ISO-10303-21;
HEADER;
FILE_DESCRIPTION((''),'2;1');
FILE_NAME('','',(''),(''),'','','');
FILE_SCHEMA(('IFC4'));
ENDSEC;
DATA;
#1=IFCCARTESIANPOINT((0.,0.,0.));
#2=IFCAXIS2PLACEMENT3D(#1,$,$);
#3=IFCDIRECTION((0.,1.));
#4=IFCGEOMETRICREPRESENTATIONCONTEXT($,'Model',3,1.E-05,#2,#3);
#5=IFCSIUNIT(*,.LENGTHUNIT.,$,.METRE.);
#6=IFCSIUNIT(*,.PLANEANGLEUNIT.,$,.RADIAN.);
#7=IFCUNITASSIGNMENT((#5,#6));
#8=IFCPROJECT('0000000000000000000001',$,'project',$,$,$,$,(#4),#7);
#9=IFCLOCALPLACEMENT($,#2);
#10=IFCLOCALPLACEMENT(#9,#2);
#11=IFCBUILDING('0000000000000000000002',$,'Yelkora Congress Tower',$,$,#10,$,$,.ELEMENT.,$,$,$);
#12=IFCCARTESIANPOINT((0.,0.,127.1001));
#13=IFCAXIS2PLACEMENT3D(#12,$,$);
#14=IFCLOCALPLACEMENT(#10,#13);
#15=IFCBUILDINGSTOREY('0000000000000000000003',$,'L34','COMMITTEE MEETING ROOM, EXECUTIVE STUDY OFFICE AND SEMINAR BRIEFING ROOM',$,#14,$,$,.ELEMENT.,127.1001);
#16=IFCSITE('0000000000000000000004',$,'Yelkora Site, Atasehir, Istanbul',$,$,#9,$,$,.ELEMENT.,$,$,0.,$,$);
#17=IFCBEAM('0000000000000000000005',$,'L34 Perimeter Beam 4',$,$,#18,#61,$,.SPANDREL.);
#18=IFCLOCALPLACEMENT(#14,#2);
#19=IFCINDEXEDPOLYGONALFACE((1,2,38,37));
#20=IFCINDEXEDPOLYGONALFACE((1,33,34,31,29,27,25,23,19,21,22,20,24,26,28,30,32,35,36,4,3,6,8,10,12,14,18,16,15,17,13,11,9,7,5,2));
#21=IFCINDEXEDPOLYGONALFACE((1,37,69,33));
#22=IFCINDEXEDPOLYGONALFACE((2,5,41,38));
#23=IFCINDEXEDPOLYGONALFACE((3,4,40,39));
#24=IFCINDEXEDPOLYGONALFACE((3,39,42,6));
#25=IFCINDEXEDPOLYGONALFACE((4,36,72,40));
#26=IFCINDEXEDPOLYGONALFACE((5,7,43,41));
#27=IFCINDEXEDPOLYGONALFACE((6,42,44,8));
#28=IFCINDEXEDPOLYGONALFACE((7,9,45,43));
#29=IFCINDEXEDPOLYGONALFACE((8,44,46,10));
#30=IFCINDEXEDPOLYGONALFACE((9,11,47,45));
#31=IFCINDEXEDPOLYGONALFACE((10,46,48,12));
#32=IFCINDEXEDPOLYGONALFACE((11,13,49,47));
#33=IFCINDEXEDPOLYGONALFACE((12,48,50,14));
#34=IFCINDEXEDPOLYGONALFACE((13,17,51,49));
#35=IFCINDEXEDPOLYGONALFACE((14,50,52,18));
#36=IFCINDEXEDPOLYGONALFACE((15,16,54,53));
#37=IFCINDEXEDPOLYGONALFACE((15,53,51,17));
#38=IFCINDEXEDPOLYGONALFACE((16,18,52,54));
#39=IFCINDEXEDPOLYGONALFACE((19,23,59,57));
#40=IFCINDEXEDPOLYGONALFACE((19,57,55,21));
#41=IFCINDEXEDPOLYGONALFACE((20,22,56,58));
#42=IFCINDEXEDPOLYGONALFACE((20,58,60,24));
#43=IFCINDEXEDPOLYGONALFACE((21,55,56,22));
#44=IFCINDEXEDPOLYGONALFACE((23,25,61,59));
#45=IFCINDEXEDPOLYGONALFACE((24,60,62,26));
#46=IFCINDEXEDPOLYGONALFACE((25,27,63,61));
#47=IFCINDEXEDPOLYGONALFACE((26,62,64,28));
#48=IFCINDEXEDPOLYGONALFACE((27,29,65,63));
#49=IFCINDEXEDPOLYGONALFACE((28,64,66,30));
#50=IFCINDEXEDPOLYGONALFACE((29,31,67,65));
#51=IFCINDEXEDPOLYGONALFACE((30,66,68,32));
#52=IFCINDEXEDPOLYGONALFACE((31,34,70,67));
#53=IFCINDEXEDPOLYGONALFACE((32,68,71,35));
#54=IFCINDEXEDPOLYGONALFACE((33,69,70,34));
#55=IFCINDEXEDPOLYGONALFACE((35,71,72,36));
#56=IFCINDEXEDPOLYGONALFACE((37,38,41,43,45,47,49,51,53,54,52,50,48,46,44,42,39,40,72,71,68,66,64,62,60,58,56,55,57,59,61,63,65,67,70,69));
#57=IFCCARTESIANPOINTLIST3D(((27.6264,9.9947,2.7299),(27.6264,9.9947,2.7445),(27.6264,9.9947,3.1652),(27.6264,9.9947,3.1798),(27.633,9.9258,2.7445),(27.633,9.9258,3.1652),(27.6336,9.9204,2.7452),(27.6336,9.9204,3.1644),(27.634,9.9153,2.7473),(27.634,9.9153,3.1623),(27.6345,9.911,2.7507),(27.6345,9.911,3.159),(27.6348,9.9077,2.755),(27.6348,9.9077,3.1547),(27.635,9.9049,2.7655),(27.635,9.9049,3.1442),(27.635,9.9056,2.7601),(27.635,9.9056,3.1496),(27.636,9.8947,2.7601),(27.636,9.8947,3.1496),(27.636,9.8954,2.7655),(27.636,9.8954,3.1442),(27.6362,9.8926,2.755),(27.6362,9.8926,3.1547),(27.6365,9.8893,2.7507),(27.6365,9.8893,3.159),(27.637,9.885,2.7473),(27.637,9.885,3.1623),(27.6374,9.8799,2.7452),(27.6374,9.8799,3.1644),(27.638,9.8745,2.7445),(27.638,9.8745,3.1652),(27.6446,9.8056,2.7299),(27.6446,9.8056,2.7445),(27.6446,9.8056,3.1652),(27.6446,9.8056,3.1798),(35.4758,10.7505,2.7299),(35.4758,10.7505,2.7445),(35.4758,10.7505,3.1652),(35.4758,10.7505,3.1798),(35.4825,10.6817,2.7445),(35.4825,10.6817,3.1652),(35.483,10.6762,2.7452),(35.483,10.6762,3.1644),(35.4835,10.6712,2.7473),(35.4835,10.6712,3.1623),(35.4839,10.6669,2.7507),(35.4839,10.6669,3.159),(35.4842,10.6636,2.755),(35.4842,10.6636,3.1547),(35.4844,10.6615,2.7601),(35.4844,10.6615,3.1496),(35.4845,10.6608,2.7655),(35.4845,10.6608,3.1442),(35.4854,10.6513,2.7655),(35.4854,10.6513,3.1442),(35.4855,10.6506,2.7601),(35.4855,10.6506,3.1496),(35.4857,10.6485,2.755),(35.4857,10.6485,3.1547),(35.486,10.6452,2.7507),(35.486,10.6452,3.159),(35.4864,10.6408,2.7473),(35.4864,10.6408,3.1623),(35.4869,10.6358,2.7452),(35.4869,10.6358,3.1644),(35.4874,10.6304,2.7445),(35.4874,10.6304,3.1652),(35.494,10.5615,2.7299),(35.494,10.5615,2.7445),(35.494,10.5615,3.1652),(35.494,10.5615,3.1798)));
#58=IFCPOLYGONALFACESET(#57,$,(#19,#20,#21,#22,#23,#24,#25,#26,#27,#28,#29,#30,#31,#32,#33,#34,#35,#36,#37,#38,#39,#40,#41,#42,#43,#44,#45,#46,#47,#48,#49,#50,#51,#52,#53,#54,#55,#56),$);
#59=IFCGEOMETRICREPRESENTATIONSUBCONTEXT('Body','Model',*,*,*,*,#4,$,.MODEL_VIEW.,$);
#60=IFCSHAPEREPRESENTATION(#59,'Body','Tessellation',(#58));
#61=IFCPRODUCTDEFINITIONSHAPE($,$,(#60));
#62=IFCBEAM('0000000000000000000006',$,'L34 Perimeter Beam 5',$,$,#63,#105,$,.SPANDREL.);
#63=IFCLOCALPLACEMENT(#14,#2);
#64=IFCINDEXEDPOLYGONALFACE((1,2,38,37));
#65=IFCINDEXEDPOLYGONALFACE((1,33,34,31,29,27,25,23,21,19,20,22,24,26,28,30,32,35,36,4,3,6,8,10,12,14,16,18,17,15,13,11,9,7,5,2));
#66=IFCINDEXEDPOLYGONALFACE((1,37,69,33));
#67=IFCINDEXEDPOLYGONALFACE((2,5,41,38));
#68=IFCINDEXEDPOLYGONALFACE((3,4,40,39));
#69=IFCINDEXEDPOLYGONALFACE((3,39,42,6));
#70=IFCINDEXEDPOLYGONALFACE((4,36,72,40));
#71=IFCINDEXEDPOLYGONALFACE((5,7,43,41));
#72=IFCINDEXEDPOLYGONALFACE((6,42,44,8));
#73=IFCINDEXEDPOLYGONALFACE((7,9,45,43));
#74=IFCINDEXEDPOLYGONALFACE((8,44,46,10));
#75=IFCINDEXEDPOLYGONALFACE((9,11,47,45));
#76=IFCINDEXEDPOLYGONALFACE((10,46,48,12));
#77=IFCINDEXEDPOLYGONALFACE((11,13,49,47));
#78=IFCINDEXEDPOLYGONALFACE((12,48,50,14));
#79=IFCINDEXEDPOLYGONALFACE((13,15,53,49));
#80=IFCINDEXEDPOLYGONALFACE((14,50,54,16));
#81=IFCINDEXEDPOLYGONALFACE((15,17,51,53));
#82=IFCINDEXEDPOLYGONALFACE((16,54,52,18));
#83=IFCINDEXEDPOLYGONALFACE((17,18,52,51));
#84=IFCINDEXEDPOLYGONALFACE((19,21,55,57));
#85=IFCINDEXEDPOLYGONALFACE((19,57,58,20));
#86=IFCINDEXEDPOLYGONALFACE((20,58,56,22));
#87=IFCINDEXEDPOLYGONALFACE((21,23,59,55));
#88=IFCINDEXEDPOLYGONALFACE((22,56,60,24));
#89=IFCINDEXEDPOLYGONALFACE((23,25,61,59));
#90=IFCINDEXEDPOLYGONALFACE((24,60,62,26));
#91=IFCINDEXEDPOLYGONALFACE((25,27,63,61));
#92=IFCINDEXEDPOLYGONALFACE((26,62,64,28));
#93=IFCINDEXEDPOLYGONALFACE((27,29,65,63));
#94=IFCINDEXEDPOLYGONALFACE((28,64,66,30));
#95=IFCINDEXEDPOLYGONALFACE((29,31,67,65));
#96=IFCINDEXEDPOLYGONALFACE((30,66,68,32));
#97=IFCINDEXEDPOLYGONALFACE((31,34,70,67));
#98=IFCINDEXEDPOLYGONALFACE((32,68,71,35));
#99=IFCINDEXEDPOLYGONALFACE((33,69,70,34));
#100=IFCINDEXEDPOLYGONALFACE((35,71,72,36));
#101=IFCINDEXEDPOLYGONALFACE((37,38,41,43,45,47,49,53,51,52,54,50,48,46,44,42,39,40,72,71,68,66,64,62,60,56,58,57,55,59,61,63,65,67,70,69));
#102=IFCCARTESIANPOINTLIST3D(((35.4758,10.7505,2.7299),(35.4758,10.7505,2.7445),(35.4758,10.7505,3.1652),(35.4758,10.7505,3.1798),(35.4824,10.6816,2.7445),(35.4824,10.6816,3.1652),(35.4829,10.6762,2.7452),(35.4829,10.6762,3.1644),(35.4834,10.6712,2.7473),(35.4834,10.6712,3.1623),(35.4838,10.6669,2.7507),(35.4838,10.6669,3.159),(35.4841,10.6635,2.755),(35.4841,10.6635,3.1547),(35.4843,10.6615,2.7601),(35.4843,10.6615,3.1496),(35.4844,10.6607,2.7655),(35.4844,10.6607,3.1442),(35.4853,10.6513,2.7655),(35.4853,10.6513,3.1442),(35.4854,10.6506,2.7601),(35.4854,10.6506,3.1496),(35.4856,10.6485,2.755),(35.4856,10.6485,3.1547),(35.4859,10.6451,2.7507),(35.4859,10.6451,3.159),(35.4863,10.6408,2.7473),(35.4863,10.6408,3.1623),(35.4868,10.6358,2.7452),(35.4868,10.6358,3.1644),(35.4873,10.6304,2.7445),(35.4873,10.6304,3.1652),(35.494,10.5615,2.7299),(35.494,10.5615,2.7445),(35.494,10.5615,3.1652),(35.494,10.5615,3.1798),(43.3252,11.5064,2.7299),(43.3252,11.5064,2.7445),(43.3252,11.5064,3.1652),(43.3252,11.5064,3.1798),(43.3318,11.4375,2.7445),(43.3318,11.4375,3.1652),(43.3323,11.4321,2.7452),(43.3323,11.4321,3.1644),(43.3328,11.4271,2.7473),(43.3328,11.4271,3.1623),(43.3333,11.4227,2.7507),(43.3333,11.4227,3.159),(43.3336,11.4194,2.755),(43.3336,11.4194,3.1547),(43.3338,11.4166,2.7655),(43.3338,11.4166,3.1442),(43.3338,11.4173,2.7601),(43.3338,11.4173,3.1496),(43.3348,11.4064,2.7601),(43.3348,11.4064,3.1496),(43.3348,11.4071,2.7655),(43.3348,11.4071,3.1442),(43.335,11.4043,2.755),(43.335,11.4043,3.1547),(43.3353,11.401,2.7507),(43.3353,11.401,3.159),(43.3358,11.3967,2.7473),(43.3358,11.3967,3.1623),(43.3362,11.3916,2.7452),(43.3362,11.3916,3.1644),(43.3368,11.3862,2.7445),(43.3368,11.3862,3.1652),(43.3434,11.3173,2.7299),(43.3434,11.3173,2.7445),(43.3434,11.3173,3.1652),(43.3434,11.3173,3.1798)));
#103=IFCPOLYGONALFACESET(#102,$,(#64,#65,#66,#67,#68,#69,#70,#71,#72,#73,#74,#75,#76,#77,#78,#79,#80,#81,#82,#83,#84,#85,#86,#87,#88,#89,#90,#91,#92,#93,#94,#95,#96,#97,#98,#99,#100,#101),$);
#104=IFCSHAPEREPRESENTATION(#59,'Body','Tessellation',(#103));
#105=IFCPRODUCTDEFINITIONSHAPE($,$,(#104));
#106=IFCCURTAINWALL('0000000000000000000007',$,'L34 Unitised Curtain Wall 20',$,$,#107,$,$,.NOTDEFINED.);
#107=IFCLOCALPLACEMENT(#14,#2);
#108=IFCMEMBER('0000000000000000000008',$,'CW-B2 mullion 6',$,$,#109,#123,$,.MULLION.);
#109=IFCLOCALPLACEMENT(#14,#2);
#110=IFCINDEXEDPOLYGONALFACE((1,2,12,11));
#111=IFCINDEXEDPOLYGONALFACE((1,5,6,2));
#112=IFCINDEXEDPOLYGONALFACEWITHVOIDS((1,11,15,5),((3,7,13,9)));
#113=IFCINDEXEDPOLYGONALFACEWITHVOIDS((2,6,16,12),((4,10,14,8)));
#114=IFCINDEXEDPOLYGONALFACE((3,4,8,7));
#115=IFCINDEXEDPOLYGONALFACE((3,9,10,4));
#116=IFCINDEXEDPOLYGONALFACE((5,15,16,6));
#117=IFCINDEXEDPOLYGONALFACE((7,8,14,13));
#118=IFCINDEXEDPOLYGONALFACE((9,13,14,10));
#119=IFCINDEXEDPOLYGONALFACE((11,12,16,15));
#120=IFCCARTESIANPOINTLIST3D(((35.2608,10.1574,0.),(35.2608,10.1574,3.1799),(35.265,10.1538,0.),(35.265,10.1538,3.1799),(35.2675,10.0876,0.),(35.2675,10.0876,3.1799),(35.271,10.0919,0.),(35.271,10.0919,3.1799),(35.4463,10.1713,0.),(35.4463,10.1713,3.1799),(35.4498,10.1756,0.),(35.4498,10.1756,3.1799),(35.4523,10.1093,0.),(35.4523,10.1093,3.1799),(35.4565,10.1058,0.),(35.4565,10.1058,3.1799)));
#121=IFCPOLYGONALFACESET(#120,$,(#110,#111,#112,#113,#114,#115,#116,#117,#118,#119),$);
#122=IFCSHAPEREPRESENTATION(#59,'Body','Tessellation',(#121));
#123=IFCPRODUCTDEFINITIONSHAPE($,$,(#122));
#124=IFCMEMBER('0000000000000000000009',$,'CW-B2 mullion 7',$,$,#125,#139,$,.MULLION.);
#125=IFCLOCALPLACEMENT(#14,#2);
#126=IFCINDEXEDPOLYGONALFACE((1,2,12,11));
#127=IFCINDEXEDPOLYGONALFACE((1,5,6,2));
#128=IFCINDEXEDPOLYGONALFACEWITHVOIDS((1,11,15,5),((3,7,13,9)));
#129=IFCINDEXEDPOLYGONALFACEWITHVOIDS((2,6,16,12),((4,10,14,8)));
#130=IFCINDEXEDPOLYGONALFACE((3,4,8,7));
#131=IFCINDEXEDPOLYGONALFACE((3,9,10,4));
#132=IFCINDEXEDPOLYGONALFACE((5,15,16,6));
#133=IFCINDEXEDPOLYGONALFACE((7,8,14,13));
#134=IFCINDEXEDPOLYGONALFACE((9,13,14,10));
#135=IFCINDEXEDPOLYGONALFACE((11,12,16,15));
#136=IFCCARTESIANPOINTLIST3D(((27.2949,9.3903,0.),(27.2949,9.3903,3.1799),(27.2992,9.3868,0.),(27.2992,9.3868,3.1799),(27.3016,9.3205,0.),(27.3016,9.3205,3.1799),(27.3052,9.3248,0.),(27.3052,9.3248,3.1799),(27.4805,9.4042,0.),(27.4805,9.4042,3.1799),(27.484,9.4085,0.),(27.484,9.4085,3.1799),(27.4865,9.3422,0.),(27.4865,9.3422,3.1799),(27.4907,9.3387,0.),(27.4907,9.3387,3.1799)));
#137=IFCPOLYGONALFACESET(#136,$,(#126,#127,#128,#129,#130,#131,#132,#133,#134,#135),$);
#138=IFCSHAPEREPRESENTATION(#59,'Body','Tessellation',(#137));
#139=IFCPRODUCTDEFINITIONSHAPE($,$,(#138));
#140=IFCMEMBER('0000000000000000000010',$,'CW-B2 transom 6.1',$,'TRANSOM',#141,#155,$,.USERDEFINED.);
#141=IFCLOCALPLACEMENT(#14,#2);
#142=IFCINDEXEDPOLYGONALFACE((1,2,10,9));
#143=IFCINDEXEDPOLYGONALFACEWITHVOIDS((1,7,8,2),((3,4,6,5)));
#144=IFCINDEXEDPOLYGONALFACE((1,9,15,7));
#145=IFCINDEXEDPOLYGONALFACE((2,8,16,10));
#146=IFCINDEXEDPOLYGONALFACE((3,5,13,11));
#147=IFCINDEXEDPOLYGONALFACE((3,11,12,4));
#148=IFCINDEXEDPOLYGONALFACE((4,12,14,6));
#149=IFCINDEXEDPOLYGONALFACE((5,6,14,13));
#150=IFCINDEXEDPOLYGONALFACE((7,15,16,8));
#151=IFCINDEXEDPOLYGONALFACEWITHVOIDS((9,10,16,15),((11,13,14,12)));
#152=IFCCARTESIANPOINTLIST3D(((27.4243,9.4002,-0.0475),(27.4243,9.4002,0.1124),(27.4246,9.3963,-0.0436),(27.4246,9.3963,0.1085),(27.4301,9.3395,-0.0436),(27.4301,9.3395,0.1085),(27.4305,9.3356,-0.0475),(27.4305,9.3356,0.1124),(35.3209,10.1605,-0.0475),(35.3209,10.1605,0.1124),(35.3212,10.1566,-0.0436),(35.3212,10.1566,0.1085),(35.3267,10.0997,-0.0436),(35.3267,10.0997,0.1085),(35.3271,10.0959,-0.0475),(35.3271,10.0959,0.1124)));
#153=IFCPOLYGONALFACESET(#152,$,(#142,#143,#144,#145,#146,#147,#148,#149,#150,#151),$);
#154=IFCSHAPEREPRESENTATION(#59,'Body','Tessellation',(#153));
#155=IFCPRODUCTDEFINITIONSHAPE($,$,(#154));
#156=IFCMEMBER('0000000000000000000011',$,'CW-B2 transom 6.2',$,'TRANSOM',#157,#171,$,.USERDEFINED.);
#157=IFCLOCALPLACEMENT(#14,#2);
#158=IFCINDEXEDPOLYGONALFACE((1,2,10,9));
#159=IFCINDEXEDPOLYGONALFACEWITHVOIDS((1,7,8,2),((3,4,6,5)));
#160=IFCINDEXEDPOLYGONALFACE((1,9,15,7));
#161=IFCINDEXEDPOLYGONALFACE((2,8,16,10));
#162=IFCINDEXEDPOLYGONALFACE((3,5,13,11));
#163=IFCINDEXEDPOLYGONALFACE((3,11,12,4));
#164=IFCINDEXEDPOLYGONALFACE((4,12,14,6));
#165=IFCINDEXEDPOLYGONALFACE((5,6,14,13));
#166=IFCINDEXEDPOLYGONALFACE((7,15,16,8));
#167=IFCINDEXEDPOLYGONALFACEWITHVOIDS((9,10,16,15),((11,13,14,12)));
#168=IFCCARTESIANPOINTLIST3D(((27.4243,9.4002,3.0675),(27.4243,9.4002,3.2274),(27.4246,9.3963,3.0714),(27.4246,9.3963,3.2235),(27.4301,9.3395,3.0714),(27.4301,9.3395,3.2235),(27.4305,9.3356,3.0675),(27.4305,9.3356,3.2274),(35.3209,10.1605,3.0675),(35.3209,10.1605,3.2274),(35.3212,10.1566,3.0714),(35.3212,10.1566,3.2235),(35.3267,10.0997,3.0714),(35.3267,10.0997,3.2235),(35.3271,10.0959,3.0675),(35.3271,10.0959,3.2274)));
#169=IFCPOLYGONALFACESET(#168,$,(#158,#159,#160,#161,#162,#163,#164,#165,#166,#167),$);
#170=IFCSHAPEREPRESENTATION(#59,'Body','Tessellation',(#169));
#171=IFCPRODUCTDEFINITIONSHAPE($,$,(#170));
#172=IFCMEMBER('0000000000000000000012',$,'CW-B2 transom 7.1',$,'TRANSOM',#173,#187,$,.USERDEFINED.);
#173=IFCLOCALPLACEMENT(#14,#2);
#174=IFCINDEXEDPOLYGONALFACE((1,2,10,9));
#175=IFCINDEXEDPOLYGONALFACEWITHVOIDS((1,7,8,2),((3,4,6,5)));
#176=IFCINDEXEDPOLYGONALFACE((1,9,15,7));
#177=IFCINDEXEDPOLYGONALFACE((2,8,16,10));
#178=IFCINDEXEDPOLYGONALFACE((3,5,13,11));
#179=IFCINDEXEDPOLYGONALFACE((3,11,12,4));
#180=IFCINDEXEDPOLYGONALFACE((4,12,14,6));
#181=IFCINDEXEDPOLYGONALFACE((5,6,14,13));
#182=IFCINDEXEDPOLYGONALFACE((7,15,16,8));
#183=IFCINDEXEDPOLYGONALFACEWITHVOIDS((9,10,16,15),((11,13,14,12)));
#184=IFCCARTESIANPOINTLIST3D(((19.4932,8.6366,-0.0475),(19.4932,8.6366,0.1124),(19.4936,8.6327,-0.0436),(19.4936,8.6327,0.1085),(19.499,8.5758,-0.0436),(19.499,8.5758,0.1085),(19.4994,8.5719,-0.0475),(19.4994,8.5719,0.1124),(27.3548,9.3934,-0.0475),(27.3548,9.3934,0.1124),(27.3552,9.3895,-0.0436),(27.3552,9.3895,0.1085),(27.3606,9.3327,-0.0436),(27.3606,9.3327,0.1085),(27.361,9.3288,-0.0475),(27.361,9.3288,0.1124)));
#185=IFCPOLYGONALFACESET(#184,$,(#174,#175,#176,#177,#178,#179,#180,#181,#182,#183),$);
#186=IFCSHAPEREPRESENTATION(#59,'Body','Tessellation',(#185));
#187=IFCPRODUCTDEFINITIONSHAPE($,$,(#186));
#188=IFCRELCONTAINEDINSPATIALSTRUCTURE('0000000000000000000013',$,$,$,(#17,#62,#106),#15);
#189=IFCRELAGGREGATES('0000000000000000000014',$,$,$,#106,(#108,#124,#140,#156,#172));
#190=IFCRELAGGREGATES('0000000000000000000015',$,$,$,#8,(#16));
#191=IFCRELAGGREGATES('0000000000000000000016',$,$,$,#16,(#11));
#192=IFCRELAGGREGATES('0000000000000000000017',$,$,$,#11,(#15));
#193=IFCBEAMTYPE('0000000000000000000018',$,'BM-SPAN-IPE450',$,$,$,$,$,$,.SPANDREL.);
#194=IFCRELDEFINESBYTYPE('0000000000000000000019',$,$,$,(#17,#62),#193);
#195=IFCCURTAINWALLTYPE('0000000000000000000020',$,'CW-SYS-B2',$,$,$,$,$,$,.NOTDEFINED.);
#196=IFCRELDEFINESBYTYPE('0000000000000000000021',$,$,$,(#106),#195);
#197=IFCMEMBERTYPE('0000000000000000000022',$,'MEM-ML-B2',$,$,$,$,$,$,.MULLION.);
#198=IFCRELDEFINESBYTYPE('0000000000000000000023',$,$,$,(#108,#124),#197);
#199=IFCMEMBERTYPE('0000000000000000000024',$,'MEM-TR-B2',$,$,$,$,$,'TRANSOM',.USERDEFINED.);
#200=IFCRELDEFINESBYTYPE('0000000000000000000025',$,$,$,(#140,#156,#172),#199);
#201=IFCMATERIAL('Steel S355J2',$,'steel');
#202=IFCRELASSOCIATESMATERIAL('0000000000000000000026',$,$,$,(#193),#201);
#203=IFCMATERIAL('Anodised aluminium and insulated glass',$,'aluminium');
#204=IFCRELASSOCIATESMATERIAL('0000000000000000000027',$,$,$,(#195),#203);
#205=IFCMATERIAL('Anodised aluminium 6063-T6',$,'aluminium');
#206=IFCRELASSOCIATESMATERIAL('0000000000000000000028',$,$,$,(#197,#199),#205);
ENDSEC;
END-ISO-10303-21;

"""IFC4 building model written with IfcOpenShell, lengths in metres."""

from ifc_helpers import new_model, si_unit, direction, frame, origin, origin_2d, place, context, subcontext, project, spatial, hollow_rectangle, i_section, extrude, material, material_profile, profile_set, type_object, element, aggregate, save


model = new_model("IFC4")

# Units and contexts
model_context = context("Model", 3, precision=1e-05, world=origin(), true_north=direction((0.0, 1.0)))
body_context = subcontext(model_context, "Body", "Model", "MODEL_VIEW")
ifc_project = project(units=[si_unit("LENGTHUNIT", "METRE"), si_unit("PLANEANGLEUNIT", "RADIAN")], contexts=[model_context])

# Site, building, storey
site_placement = place(None, origin())
site = spatial("IfcSite", under=ifc_project, at=site_placement, Name="Yelkora Site, Atasehir, Istanbul", CompositionType="ELEMENT", RefElevation=0.0)
building_placement = place(site_placement, origin())
building = spatial("IfcBuilding", under=site, at=building_placement, Name="Yelkora Congress Tower", CompositionType="ELEMENT")
storey_placement = place(building_placement, frame((0.0, 0.0, 127.1001)))
storey = spatial("IfcBuildingStorey", under=building, at=storey_placement, Name="L34", Description="COMMITTEE MEETING ROOM, EXECUTIVE STUDY OFFICE AND SEMINAR BRIEFING ROOM", CompositionType="ELEMENT", Elevation=127.1001)

# Beams
ifc_material_1 = material(Name="Steel S355J2", Category="steel")
ifc_material_profile_1 = material_profile(ifc_material_1, i_section(OverallWidth=0.1899, OverallDepth=0.45, WebThickness=0.0095, FlangeThickness=0.0146, FilletRadius=0.021, at=origin_2d()), Name="IPE 450")
ifc_profile_set_1 = profile_set([ifc_material_profile_1], Name="Steel S355J2")
beam_type_1 = type_object("IfcBeamType", Name="BM-SPAN-IPE450", PredefinedType="SPANDREL", material=ifc_profile_set_1)
for number, where, z_axis, x_axis, name in (
    (1, (27.6355, 9.9001, 2.9548), (0.995396, 0.095852, 0.0), (-0.095852, 0.995396, 0.0), "L34 Perimeter Beam 4"),
    (2, (35.4849, 10.656, 2.9548), (0.995396, 0.095852, 0.0), (-0.095852, 0.995396, 0.0), "L34 Perimeter Beam 5"),
):
    element("IfcBeam", number, at=place(storey_placement, frame(where, z_axis=z_axis, x_axis=x_axis)), inside=storey, type_object=beam_type_1, Name=name, PredefinedType="SPANDREL", context=body_context, shape_type="SweptSolid", body=[
        extrude(i_section(OverallWidth=0.1899, OverallDepth=0.45, WebThickness=0.0095, FlangeThickness=0.0146, FilletRadius=0.021, at=origin_2d()), origin(), (0.0, 0.0, 1.0), 7.8857),
    ])

# Curtain wall, members
ifc_material_2 = material(Name="Anodised aluminium and insulated glass", Category="aluminium")
curtain_wall_type = type_object("IfcCurtainWallType", Name="CW-SYS-B2", PredefinedType="NOTDEFINED", material=ifc_material_2)
curtain_wall_placement = place(storey_placement, origin())
curtain_wall = element("IfcCurtainWall", 3, at=curtain_wall_placement, inside=storey, type_object=curtain_wall_type, Name="L34 Unitised Curtain Wall 20", PredefinedType="NOTDEFINED")
ifc_material_3 = material(Name="Anodised aluminium 6063-T6", Category="aluminium")
ifc_material_profile_2 = material_profile(ifc_material_3, hollow_rectangle(XDim=0.0701, YDim=0.1899, WallThickness=0.0039, at=origin_2d()), Name="ALU 70x190x4")
ifc_profile_set_2 = profile_set([ifc_material_profile_2], Name="Anodised aluminium 6063-T6")
member_type_1 = type_object("IfcMemberType", Name="MEM-ML-B2", PredefinedType="MULLION", material=ifc_profile_set_2)
member_1_placement = place(storey_placement, frame((35.3586, 10.1316, 0.0), z_axis=(0.0, 0.0, 1.0), x_axis=(0.095844, -0.995396, 0.0)))
member_1 = element("IfcMember", 4, at=member_1_placement, type_object=member_type_1, Name="CW-B2 mullion 6", PredefinedType="MULLION", context=body_context, shape_type="SweptSolid", body=[
    extrude(hollow_rectangle(XDim=0.0701, YDim=0.1899, WallThickness=0.0039, at=origin_2d()), origin(), (0.0, 0.0, 1.0), 3.1799),
])
member_2_placement = place(storey_placement, frame((27.3928, 9.3645, 0.0), z_axis=(0.0, 0.0, 1.0), x_axis=(0.095844, -0.995396, 0.0)))
member_2 = element("IfcMember", 5, at=member_2_placement, type_object=member_type_1, Name="CW-B2 mullion 7", PredefinedType="MULLION", context=body_context, shape_type="SweptSolid", body=[
    extrude(hollow_rectangle(XDim=0.0701, YDim=0.1899, WallThickness=0.0039, at=origin_2d()), origin(), (0.0, 0.0, 1.0), 3.1799),
])
ifc_material_profile_3 = material_profile(ifc_material_3, hollow_rectangle(XDim=0.0649, YDim=0.1599, WallThickness=0.0039, at=origin_2d()), Name="ALU 65x160x4")
ifc_profile_set_3 = profile_set([ifc_material_profile_3], Name="Anodised aluminium 6063-T6")
member_type_2 = type_object("IfcMemberType", Name="MEM-TR-B2", ElementType="TRANSOM", PredefinedType="USERDEFINED", material=ifc_profile_set_3)
member_3_placement = place(storey_placement, frame((35.324, 10.1282, 0.0325), z_axis=(-0.995397, -0.095834, 0.0), x_axis=(0.095834, -0.995397, 0.0)))
member_3 = element("IfcMember", 6, at=member_3_placement, type_object=member_type_2, Name="CW-B2 transom 6.1", ObjectType="TRANSOM", PredefinedType="USERDEFINED", context=body_context, shape_type="SweptSolid", body=[
    extrude(hollow_rectangle(XDim=0.0649, YDim=0.1599, WallThickness=0.0039, at=origin_2d()), origin(), (0.0, 0.0, 1.0), 7.9331),
])
member_4_placement = place(storey_placement, frame((35.324, 10.1282, 3.1475), z_axis=(-0.995397, -0.095834, 0.0), x_axis=(0.095834, -0.995397, 0.0)))
member_4 = element("IfcMember", 7, at=member_4_placement, type_object=member_type_2, Name="CW-B2 transom 6.2", ObjectType="TRANSOM", PredefinedType="USERDEFINED", context=body_context, shape_type="SweptSolid", body=[
    extrude(hollow_rectangle(XDim=0.0649, YDim=0.1599, WallThickness=0.0039, at=origin_2d()), origin(), (0.0, 0.0, 1.0), 7.9331),
])
member_5_placement = place(storey_placement, frame((27.3579, 9.3611, 0.0325), z_axis=(-0.995398, -0.095827, 0.0), x_axis=(0.095827, -0.995398, 0.0)))
member_5 = element("IfcMember", 8, at=member_5_placement, type_object=member_type_2, Name="CW-B2 transom 7.1", ObjectType="TRANSOM", PredefinedType="USERDEFINED", context=body_context, shape_type="SweptSolid", body=[
    extrude(hollow_rectangle(XDim=0.0649, YDim=0.1599, WallThickness=0.0039, at=origin_2d()), origin(), (0.0, 0.0, 1.0), 7.8979),
])
aggregate(curtain_wall, [member_1, member_2, member_3, member_4, member_5])

save(model, "model.ifc")
